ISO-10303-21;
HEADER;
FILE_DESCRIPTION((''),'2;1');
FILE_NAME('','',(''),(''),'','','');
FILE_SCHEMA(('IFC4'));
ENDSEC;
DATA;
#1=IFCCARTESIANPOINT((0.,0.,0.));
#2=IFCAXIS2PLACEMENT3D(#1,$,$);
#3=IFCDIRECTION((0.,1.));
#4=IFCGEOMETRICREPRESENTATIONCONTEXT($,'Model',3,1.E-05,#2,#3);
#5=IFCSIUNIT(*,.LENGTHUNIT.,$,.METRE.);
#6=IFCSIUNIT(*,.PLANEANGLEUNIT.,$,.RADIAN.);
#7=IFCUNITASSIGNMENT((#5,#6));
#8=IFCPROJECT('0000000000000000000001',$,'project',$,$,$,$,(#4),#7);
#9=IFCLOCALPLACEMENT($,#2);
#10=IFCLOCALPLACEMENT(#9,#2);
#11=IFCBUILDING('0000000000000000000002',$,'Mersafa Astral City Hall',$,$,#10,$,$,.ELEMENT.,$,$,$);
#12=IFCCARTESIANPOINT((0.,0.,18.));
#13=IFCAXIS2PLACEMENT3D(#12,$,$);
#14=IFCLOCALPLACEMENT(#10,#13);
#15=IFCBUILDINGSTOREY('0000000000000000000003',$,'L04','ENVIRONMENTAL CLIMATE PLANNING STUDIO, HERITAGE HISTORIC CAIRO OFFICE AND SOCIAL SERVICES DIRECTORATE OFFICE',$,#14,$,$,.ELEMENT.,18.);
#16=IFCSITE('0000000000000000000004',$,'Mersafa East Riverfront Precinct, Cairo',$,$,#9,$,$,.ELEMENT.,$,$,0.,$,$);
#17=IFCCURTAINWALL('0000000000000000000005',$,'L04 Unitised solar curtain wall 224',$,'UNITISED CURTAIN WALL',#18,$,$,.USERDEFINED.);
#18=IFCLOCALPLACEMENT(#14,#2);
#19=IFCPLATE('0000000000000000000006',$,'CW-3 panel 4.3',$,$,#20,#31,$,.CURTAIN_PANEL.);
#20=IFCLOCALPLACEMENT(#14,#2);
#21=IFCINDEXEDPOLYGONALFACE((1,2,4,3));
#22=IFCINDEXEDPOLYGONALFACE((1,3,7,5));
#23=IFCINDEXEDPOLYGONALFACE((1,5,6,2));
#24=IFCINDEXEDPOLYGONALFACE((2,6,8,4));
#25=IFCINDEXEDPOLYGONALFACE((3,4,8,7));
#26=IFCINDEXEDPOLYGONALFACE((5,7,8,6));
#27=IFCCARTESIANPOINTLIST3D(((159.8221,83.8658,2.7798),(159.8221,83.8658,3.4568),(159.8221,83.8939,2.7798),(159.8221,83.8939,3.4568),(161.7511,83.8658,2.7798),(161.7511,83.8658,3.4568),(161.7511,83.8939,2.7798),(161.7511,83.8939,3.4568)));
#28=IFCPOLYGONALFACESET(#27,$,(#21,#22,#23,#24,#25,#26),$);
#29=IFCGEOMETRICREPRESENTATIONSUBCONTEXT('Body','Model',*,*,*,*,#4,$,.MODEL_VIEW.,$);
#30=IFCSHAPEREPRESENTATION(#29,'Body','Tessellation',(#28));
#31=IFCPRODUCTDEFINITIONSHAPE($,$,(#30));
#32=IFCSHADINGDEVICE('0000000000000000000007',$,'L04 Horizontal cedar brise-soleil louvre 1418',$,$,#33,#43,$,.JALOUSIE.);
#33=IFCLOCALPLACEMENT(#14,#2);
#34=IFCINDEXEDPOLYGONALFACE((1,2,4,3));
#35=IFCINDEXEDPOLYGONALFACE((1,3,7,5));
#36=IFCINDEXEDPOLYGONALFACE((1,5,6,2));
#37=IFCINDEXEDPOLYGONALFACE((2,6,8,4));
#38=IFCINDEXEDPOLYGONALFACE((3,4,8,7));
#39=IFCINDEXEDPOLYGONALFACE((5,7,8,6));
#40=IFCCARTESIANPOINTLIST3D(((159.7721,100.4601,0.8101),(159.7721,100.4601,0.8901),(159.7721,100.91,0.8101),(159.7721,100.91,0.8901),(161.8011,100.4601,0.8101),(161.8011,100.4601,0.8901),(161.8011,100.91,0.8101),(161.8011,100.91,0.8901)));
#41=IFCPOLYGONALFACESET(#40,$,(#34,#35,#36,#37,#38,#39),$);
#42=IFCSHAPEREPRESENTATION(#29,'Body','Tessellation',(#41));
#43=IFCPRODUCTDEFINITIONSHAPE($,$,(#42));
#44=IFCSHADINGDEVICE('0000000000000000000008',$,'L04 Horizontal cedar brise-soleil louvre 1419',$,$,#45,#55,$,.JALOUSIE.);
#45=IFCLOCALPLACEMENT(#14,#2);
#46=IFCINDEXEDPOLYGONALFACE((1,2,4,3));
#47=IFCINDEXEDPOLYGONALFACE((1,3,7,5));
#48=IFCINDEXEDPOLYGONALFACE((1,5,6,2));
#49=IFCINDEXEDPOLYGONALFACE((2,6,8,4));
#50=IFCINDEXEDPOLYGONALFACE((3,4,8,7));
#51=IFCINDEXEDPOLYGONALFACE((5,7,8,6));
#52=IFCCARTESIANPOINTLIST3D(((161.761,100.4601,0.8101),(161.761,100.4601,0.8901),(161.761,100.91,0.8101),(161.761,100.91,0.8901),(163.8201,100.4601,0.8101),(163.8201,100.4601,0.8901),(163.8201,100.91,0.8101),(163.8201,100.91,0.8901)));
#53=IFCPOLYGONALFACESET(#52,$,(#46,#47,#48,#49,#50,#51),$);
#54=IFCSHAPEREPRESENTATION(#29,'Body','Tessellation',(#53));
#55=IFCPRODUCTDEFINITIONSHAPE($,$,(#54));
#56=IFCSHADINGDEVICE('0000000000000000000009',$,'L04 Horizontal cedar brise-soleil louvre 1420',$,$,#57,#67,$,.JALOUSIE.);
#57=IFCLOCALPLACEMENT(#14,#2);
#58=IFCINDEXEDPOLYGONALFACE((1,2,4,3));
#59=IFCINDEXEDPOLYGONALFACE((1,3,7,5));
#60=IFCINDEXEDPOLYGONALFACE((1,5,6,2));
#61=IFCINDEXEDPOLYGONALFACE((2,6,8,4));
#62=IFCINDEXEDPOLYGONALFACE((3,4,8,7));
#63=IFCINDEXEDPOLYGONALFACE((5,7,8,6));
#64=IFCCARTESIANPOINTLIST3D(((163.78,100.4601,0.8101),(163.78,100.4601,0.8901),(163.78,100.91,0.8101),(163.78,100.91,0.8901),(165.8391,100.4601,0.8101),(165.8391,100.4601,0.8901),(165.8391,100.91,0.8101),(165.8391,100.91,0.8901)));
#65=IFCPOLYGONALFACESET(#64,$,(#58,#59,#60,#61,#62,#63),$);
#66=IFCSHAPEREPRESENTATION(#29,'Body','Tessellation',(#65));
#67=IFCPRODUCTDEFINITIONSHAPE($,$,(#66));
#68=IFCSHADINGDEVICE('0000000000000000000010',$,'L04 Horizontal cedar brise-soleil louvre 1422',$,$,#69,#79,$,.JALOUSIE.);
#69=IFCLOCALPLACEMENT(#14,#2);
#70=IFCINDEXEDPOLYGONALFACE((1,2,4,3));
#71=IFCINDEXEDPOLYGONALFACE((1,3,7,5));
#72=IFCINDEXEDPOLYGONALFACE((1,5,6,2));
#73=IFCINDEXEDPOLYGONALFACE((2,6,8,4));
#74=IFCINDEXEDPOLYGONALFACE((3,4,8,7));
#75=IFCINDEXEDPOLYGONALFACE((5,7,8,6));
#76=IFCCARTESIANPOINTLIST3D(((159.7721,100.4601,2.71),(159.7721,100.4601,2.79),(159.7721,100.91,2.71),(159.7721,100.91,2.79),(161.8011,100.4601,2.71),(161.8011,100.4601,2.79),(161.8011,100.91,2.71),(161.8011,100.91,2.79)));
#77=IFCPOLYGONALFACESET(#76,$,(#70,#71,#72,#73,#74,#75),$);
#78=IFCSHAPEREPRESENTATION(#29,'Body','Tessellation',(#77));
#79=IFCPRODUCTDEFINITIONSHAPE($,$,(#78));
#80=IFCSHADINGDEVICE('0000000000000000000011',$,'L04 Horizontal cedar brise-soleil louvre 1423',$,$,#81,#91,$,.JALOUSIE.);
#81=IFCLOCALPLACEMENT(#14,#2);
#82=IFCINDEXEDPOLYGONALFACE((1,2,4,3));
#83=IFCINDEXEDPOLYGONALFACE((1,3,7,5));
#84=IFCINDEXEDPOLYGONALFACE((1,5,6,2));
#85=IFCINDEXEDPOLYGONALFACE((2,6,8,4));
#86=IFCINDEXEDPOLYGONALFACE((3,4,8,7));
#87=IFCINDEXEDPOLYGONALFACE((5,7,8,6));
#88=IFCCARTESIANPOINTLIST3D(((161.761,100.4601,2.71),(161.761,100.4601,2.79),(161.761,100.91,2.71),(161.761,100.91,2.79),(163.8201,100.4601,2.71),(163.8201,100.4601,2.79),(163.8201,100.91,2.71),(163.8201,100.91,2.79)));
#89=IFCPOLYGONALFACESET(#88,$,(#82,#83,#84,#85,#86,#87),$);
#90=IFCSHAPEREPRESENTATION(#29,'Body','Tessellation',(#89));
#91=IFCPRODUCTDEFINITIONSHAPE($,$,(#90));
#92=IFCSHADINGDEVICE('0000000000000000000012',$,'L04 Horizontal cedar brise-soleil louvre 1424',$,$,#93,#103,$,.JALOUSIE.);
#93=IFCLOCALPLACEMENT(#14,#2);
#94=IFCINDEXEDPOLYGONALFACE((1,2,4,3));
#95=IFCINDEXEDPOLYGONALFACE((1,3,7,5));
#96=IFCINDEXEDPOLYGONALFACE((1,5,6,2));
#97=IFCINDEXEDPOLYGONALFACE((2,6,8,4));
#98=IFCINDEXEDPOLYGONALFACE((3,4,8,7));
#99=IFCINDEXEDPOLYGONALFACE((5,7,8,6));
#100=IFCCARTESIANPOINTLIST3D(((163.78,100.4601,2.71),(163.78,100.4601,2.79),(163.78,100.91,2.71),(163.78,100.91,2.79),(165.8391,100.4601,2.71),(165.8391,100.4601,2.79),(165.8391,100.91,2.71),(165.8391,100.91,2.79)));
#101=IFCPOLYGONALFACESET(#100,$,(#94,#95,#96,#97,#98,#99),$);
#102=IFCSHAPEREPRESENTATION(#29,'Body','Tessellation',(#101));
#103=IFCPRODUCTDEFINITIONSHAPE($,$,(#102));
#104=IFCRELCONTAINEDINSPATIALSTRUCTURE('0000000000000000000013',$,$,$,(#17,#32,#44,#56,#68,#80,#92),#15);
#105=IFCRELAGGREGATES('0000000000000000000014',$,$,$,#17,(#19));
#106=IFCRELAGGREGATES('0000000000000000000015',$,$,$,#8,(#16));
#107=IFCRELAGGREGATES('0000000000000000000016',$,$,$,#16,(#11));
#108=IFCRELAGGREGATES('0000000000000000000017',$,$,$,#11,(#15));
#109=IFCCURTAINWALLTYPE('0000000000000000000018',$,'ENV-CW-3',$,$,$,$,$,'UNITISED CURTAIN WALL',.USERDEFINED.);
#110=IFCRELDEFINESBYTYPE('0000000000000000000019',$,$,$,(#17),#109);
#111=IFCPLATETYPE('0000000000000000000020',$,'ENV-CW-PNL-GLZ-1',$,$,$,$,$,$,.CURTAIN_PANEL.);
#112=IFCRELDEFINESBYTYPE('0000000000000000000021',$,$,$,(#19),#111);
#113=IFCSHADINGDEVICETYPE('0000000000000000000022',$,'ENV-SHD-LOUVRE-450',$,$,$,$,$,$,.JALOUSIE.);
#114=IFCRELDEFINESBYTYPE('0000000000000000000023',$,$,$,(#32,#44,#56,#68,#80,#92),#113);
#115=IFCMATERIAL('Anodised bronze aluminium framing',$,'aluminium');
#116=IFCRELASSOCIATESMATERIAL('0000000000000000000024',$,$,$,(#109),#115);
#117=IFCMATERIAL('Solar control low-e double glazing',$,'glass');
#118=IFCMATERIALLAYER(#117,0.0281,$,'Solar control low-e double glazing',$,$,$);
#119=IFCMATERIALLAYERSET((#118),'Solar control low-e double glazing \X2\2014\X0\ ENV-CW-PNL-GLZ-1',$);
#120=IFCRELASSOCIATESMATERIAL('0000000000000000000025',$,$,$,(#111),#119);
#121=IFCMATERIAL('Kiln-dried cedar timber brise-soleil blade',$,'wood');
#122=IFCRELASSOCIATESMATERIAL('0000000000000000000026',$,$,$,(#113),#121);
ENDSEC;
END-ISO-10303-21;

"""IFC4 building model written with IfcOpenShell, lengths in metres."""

from ifc_helpers import new_model, si_unit, direction, frame, origin, origin_2d, place, context, subcontext, project, spatial, rectangle, extrude, material, layer, layer_set, type_object, element, aggregate, save


model = new_model("IFC4")

# Units and contexts
model_context = context("Model", 3, precision=1e-05, world=origin(), true_north=direction((0.0, 1.0)))
body_context = subcontext(model_context, "Body", "Model", "MODEL_VIEW")
ifc_project = project(units=[si_unit("LENGTHUNIT", "METRE"), si_unit("PLANEANGLEUNIT", "RADIAN")], contexts=[model_context])

# Site, building, storey
site_placement = place(None, origin())
site = spatial("IfcSite", under=ifc_project, at=site_placement, Name="Mersafa East Riverfront Precinct, Cairo", CompositionType="ELEMENT", RefElevation=0.0)
building_placement = place(site_placement, origin())
building = spatial("IfcBuilding", under=site, at=building_placement, Name="Mersafa Astral City Hall", CompositionType="ELEMENT")
storey_placement = place(building_placement, frame((0.0, 0.0, 18.0)))
storey = spatial("IfcBuildingStorey", under=building, at=storey_placement, Name="L04", Description="ENVIRONMENTAL CLIMATE PLANNING STUDIO, HERITAGE HISTORIC CAIRO OFFICE AND SOCIAL SERVICES DIRECTORATE OFFICE", CompositionType="ELEMENT", Elevation=18.0)

# Curtain wall
ifc_material_1 = material(Name="Anodised bronze aluminium framing", Category="aluminium")
curtain_wall_type = type_object("IfcCurtainWallType", Name="ENV-CW-3", ElementType="UNITISED CURTAIN WALL", PredefinedType="USERDEFINED", material=ifc_material_1)
curtain_wall_placement = place(storey_placement, origin())
curtain_wall = element("IfcCurtainWall", 1, at=curtain_wall_placement, inside=storey, type_object=curtain_wall_type, Name="L04 Unitised solar curtain wall 224", ObjectType="UNITISED CURTAIN WALL", PredefinedType="USERDEFINED")

# Plate
ifc_material_2 = material(Name="Solar control low-e double glazing", Category="glass")
ifc_layer = layer(ifc_material_2, 0.0281, Name="Solar control low-e double glazing")
ifc_layer_set = layer_set([ifc_layer], Name="Solar control low-e double glazing — ENV-CW-PNL-GLZ-1")
plate_type = type_object("IfcPlateType", Name="ENV-CW-PNL-GLZ-1", PredefinedType="CURTAIN_PANEL", material=ifc_layer_set)
plate_1_placement = place(storey_placement, frame((160.7866, 83.8799, 2.7798), z_axis=(0.0, 0.0, 1.0), x_axis=(-1.0, 0.0, 0.0)))
plate_1 = element("IfcPlate", 2, at=plate_1_placement, type_object=plate_type, Name="CW-3 panel 4.3", PredefinedType="CURTAIN_PANEL", context=body_context, shape_type="SweptSolid", body=[
    extrude(rectangle(XDim=1.929, YDim=0.0281, at=origin_2d()), origin(), (0.0, 0.0, 1.0), 0.677),
])
aggregate(curtain_wall, [plate_1])

# Shading devices
ifc_material_3 = material(Name="Kiln-dried cedar timber brise-soleil blade", Category="wood")
shading_device_type = type_object("IfcShadingDeviceType", Name="ENV-SHD-LOUVRE-450", PredefinedType="JALOUSIE", material=ifc_material_3)
shading_device_1_placement = place(storey_placement, frame((160.7866, 100.6851, 0.8101), z_axis=(0.0, 0.0, 1.0), x_axis=(1.0, 0.0, 0.0)))
element("IfcShadingDevice", 3, at=shading_device_1_placement, inside=storey, type_object=shading_device_type, Name="L04 Horizontal cedar brise-soleil louvre 1418", PredefinedType="JALOUSIE", context=body_context, shape_type="SweptSolid", body=[
    extrude(rectangle(XDim=2.0291, YDim=0.45, at=origin_2d()), origin(), (0.0, 0.0, 1.0), 0.0801),
])
for number, where, z_axis, x_axis, name in (
    (4, (162.7905, 100.6851, 0.8101), (0.0, 0.0, 1.0), (1.0, 0.0, 0.0), "L04 Horizontal cedar brise-soleil louvre 1419"),
    (5, (164.8096, 100.6851, 0.8101), (0.0, 0.0, 1.0), (1.0, 0.0, 0.0), "L04 Horizontal cedar brise-soleil louvre 1420"),
):
    element("IfcShadingDevice", number, at=place(storey_placement, frame(where, z_axis=z_axis, x_axis=x_axis)), inside=storey, type_object=shading_device_type, Name=name, PredefinedType="JALOUSIE", context=body_context, shape_type="SweptSolid", body=[
        extrude(rectangle(XDim=2.0591, YDim=0.45, at=origin_2d()), origin(), (0.0, 0.0, 1.0), 0.0801),
    ])
shading_device_2_placement = place(storey_placement, frame((160.7866, 100.6851, 2.71), z_axis=(0.0, 0.0, 1.0), x_axis=(1.0, 0.0, 0.0)))
element("IfcShadingDevice", 6, at=shading_device_2_placement, inside=storey, type_object=shading_device_type, Name="L04 Horizontal cedar brise-soleil louvre 1422", PredefinedType="JALOUSIE", context=body_context, shape_type="SweptSolid", body=[
    extrude(rectangle(XDim=2.0291, YDim=0.45, at=origin_2d()), origin(), (0.0, 0.0, 1.0), 0.0801),
])
for number, where, z_axis, x_axis, name in (
    (7, (162.7905, 100.6851, 2.71), (0.0, 0.0, 1.0), (1.0, 0.0, 0.0), "L04 Horizontal cedar brise-soleil louvre 1423"),
    (8, (164.8096, 100.6851, 2.71), (0.0, 0.0, 1.0), (1.0, 0.0, 0.0), "L04 Horizontal cedar brise-soleil louvre 1424"),
):
    element("IfcShadingDevice", number, at=place(storey_placement, frame(where, z_axis=z_axis, x_axis=x_axis)), inside=storey, type_object=shading_device_type, Name=name, PredefinedType="JALOUSIE", context=body_context, shape_type="SweptSolid", body=[
        extrude(rectangle(XDim=2.0591, YDim=0.45, at=origin_2d()), origin(), (0.0, 0.0, 1.0), 0.0801),
    ])

save(model, "model.ifc")
